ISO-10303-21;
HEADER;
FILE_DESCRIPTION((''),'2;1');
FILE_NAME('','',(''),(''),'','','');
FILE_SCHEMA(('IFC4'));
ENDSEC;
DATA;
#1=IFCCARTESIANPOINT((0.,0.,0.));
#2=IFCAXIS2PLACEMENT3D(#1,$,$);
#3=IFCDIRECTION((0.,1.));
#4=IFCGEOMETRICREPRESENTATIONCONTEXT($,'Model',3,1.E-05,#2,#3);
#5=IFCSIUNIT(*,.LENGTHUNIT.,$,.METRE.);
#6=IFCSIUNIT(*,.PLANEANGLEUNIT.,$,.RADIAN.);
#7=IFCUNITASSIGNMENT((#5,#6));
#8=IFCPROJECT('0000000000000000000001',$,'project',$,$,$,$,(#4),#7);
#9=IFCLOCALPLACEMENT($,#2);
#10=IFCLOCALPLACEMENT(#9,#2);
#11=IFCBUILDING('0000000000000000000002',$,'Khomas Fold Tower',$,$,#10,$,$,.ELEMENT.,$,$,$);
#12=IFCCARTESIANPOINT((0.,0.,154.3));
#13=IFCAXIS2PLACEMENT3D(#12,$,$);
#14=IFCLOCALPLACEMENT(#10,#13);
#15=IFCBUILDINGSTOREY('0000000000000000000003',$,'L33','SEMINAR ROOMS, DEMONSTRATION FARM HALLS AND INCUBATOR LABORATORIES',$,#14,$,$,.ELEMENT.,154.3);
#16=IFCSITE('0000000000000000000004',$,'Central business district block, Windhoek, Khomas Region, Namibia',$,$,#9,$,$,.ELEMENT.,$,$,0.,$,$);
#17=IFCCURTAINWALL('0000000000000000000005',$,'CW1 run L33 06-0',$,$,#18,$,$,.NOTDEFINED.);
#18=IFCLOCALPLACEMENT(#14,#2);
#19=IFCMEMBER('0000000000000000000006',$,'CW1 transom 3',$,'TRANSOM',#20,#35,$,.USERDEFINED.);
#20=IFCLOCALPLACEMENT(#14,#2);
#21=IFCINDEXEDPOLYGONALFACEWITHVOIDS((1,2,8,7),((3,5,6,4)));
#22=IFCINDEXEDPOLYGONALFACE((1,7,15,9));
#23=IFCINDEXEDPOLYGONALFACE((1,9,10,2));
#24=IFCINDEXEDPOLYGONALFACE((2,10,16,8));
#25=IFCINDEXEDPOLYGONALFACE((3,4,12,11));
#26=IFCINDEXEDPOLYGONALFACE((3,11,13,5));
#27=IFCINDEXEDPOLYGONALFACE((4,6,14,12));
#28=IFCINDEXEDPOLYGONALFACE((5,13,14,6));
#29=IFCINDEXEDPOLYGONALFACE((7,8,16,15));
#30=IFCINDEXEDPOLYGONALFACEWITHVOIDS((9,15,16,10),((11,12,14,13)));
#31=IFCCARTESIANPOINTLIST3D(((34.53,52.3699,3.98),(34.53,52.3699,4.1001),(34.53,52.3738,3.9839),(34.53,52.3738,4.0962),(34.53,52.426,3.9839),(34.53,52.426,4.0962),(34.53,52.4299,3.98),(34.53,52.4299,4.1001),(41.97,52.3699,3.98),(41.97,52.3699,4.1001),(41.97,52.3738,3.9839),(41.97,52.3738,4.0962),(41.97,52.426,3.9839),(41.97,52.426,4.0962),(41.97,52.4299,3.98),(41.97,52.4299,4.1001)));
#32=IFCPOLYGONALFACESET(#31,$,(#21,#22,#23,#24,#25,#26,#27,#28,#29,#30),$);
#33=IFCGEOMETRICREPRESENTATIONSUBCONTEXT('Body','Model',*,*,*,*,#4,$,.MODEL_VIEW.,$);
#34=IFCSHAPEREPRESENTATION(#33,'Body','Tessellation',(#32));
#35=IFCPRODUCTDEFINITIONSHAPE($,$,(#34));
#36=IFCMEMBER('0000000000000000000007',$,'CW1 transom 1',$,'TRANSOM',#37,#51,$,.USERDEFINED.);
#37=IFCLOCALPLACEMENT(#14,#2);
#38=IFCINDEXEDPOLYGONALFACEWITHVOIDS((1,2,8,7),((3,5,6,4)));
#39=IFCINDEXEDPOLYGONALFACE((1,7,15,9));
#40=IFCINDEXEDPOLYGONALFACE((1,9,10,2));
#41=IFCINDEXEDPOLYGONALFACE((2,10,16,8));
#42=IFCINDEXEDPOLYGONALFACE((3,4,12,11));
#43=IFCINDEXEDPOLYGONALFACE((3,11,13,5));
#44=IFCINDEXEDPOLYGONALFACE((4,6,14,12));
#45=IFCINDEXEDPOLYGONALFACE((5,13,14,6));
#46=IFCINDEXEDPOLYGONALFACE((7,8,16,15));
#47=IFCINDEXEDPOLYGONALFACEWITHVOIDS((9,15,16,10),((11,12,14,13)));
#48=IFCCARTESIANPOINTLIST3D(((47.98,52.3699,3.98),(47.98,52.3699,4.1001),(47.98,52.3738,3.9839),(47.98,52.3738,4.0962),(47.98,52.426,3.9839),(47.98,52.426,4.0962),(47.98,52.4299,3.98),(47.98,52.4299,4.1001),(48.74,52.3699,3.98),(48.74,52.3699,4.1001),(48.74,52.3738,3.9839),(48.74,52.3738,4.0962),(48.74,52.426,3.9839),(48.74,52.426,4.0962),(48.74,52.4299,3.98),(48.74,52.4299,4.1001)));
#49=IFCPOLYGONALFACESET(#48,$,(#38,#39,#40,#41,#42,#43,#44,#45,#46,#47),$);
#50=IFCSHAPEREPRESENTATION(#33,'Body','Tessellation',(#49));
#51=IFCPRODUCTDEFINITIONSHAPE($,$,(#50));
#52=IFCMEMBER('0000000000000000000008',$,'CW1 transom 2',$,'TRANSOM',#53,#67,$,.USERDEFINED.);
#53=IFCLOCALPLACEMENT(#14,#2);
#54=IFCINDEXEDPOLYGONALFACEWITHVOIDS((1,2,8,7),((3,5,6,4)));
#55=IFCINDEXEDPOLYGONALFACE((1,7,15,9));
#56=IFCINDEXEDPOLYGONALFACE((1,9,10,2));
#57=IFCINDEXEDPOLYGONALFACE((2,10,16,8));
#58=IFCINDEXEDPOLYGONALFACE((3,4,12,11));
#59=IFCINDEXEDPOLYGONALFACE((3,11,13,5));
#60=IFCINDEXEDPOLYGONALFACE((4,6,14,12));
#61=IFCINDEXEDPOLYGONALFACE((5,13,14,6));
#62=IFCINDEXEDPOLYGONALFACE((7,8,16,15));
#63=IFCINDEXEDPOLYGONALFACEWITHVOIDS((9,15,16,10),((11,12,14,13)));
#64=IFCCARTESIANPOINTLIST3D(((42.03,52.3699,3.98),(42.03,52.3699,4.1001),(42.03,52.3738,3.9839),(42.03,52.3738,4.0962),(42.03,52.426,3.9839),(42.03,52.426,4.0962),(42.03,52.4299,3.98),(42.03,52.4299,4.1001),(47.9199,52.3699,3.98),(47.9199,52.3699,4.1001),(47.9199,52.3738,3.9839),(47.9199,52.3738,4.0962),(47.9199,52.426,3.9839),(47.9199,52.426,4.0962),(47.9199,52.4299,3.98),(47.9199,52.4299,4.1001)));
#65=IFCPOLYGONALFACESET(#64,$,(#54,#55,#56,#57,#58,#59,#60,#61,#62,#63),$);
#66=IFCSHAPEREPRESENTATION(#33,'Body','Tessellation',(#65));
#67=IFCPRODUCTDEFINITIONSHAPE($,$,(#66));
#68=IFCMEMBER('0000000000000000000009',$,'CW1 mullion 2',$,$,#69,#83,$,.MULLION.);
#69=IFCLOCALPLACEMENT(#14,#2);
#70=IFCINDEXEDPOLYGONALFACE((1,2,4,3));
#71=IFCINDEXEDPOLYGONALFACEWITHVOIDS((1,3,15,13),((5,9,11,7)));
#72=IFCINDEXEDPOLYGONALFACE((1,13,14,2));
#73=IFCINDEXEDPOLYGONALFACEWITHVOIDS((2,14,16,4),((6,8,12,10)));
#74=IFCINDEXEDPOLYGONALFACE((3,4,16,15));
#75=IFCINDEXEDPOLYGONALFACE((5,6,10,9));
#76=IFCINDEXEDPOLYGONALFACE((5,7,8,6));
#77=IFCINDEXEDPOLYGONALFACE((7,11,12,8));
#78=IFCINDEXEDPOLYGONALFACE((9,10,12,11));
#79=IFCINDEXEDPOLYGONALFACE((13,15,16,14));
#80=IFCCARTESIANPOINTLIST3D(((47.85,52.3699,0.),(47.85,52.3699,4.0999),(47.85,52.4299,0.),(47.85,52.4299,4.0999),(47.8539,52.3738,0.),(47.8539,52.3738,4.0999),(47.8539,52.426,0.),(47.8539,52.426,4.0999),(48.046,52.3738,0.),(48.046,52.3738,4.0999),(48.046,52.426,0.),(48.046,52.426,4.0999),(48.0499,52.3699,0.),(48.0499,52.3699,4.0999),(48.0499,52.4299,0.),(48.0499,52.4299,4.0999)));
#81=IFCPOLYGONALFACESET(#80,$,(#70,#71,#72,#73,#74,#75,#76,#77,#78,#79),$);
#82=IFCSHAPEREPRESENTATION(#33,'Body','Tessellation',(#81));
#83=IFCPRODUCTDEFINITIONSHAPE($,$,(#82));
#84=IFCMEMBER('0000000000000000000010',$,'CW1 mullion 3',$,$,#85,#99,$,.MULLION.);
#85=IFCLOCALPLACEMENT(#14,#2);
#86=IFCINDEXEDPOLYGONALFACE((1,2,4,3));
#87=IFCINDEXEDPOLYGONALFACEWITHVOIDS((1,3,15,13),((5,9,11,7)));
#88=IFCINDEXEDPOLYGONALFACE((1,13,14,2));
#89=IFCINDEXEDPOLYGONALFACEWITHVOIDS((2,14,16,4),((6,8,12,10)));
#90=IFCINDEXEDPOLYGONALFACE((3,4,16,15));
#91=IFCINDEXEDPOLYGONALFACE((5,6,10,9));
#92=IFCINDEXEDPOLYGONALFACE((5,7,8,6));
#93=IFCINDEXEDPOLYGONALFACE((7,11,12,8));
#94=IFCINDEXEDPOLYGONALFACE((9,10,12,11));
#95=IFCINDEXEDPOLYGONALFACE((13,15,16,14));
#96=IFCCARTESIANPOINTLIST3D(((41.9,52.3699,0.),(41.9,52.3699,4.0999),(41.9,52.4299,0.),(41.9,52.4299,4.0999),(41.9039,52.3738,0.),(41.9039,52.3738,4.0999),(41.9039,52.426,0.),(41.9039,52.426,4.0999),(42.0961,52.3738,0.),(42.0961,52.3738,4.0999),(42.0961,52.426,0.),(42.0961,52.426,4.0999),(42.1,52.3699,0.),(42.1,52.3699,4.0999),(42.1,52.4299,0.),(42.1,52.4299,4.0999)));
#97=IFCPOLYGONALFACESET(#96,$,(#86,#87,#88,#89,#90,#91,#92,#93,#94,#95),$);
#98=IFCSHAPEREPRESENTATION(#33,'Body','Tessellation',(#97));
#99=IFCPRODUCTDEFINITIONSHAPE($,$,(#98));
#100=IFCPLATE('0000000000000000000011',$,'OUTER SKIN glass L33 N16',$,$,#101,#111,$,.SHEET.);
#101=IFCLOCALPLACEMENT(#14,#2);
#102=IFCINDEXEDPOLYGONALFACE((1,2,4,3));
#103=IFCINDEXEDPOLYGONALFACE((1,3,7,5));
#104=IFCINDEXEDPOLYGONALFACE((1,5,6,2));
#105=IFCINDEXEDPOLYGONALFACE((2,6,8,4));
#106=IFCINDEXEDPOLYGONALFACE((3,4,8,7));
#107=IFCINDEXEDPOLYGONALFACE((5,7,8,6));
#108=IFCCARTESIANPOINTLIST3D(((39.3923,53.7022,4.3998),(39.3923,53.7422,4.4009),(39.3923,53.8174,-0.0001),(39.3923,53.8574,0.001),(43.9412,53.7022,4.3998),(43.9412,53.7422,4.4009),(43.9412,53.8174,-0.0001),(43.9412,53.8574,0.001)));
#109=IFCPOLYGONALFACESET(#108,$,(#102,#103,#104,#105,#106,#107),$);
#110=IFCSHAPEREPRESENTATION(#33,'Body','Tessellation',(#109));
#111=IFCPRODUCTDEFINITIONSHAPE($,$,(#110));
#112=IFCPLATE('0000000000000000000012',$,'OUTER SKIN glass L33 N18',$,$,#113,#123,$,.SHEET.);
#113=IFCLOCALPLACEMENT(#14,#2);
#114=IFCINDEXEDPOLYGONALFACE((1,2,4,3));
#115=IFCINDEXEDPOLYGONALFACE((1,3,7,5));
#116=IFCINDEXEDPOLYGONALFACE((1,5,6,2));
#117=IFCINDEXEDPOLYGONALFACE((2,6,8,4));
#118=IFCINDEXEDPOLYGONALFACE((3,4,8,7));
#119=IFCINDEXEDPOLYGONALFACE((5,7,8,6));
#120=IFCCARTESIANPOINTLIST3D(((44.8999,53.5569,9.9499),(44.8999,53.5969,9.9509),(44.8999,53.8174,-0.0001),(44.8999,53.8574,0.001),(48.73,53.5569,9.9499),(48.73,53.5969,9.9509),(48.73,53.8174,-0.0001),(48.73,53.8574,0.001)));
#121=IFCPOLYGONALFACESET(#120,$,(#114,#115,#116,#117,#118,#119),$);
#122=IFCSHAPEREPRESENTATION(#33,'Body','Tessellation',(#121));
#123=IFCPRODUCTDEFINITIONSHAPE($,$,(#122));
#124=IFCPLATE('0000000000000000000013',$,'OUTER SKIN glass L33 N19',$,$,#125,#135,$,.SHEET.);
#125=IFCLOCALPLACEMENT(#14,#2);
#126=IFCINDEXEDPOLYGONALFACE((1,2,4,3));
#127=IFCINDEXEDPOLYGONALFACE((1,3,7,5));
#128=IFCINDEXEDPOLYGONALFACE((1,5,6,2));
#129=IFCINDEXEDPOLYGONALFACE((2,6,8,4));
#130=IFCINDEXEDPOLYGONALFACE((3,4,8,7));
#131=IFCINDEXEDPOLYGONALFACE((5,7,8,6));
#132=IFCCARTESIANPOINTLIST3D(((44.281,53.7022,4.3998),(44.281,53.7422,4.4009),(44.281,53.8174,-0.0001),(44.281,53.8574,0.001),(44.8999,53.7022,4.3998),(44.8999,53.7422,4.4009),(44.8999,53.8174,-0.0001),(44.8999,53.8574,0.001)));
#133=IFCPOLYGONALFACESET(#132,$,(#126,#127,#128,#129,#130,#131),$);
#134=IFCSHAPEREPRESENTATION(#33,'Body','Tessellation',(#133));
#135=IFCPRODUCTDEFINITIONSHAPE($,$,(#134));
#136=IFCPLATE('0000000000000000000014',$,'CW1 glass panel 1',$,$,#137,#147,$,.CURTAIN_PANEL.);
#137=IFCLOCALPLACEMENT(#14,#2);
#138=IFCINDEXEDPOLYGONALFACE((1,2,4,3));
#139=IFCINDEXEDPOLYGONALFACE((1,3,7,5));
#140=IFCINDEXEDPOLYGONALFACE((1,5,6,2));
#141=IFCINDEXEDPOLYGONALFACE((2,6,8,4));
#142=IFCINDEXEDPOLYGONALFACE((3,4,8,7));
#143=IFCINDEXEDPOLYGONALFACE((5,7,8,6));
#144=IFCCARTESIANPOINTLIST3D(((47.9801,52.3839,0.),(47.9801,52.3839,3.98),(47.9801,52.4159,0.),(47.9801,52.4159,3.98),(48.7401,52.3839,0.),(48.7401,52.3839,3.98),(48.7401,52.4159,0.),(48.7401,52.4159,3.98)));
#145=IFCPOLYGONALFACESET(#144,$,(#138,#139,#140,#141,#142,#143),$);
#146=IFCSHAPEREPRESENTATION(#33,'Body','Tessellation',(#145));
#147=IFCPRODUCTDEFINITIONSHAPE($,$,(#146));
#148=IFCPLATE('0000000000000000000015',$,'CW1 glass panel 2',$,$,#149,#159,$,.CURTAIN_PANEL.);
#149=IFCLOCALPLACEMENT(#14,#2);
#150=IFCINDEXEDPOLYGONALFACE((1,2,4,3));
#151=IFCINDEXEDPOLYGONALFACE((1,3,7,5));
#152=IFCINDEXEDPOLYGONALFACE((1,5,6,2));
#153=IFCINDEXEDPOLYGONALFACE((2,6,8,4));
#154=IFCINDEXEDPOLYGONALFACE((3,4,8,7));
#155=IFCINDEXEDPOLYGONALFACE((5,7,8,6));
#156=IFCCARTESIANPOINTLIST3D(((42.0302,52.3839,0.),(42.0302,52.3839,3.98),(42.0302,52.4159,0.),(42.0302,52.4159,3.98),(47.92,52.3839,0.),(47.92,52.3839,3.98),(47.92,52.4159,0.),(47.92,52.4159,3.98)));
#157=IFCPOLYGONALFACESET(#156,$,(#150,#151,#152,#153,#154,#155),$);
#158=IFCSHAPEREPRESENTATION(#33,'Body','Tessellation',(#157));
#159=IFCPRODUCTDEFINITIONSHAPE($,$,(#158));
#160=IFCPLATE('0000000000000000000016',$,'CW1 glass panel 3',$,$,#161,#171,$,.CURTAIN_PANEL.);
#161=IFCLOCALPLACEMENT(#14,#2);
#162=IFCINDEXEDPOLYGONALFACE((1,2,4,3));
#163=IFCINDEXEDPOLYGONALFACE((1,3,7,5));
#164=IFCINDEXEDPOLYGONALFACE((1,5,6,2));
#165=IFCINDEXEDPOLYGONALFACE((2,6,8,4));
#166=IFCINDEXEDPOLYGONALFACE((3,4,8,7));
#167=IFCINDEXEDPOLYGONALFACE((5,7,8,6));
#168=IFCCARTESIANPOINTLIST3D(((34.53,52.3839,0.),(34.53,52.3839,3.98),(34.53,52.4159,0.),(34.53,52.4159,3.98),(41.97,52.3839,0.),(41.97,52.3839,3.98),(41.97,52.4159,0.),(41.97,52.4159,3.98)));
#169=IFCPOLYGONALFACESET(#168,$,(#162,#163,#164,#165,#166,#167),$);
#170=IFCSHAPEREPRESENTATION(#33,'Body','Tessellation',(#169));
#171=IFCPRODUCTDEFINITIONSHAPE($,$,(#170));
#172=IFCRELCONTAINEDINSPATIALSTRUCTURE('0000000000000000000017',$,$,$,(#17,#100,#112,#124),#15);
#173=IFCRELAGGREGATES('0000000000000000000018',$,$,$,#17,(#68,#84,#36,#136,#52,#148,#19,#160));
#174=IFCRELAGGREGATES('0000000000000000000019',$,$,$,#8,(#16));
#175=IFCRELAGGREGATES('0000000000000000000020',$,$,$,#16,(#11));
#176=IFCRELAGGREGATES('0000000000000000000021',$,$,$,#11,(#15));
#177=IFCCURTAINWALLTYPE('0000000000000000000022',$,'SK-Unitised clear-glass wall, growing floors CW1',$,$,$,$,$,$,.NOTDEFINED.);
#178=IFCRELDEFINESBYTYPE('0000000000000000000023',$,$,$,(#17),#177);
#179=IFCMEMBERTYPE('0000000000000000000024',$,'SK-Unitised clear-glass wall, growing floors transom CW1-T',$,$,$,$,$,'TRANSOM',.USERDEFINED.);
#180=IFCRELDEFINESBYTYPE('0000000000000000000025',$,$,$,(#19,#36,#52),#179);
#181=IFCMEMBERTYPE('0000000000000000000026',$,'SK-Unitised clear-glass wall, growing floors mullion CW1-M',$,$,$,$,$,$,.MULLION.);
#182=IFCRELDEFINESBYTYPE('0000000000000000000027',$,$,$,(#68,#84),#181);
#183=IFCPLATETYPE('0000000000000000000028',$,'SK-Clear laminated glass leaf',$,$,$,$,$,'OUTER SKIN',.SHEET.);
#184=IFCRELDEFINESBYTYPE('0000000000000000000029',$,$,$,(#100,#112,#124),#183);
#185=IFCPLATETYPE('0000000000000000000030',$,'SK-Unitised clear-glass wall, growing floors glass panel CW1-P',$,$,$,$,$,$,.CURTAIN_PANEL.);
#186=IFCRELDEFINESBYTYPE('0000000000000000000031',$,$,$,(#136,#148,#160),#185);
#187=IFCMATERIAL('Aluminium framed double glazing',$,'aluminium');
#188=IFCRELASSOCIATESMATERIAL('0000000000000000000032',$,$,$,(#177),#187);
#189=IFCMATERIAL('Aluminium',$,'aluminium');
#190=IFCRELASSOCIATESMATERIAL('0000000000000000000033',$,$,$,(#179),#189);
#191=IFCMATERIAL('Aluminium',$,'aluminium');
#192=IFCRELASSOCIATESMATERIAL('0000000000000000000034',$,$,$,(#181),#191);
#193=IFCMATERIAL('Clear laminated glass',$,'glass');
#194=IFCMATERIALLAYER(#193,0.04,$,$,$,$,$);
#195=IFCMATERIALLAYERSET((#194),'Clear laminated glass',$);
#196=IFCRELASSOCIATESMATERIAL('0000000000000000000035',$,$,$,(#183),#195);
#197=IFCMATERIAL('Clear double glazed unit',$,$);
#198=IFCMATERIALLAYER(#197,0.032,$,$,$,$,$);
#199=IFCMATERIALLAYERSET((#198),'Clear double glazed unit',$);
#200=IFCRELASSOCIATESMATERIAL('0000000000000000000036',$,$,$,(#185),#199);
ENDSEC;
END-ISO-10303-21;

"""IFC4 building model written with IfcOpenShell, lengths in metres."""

from ifc_helpers import new_model, si_unit, direction, frame, origin, origin_2d, place, context, subcontext, project, spatial, polyline, rectangle, hollow_rectangle, outline, extrude, source, transform, mapped, material, layer, layer_set, material_profile, profile_set, type_object, element, aggregate, save


model = new_model("IFC4")

# Units and contexts
model_context = context("Model", 3, precision=1e-05, world=origin(), true_north=direction((0.0, 1.0)))
body_context = subcontext(model_context, "Body", "Model", "MODEL_VIEW")
ifc_project = project(units=[si_unit("LENGTHUNIT", "METRE"), si_unit("PLANEANGLEUNIT", "RADIAN")], contexts=[model_context])

# Site, building, storey
site_placement = place(None, origin())
site = spatial("IfcSite", under=ifc_project, at=site_placement, Name="Central business district block, Windhoek, Khomas Region, Namibia", CompositionType="ELEMENT", RefElevation=0.0)
building_placement = place(site_placement, origin())
building = spatial("IfcBuilding", under=site, at=building_placement, Name="Khomas Fold Tower", CompositionType="ELEMENT")
storey_placement = place(building_placement, frame((0.0, 0.0, 154.3)))
storey = spatial("IfcBuildingStorey", under=building, at=storey_placement, Name="L33", Description="SEMINAR ROOMS, DEMONSTRATION FARM HALLS AND INCUBATOR LABORATORIES", CompositionType="ELEMENT", Elevation=154.3)

# Curtain wall, members
ifc_material_1 = material(Name="Aluminium framed double glazing", Category="aluminium")
curtain_wall_type = type_object("IfcCurtainWallType", Name="SK-Unitised clear-glass wall, growing floors CW1", PredefinedType="NOTDEFINED", material=ifc_material_1)
curtain_wall_placement = place(storey_placement, origin())
curtain_wall = element("IfcCurtainWall", 1, at=curtain_wall_placement, inside=storey, type_object=curtain_wall_type, Name="CW1 run L33 06-0", PredefinedType="NOTDEFINED")
ifc_material_2 = material(Name="Aluminium", Category="aluminium")
ifc_material_profile_1 = material_profile(ifc_material_2, hollow_rectangle(XDim=0.0601, YDim=0.1201, WallThickness=0.0039, at=origin_2d()), Name="SK-Unitised clear-glass wall, growing floors transom CW1-T")
ifc_profile_set_1 = profile_set([ifc_material_profile_1], Name="Aluminium")
member_type_1 = type_object("IfcMemberType", Name="SK-Unitised clear-glass wall, growing floors transom CW1-T", ElementType="TRANSOM", PredefinedType="USERDEFINED", material=ifc_profile_set_1)
shared_shape_1 = source(origin(), body_context, "Body", "SweptSolid", [
    extrude(hollow_rectangle(XDim=0.0601, YDim=0.1201, WallThickness=0.0039, at=origin_2d()), origin(), (0.0, 0.0, 1.0), 7.4399),
])
member_1_placement = place(storey_placement, frame((41.97, 52.3999, 4.04), z_axis=(-1.0, 0.0, 0.0), x_axis=(0.0, -1.0, 0.0)))
member_1 = element("IfcMember", 2, at=member_1_placement, type_object=member_type_1, Name="CW1 transom 3", ObjectType="TRANSOM", PredefinedType="USERDEFINED", context=body_context, shape_type="MappedRepresentation", body=[
    mapped(shared_shape_1, transform((0.0, 0.0, 0.0))),
])
shared_shape_2 = source(origin(), body_context, "Body", "SweptSolid", [
    extrude(hollow_rectangle(XDim=0.0601, YDim=0.1201, WallThickness=0.0039, at=origin_2d()), origin(), (0.0, 0.0, 1.0), 0.76),
])
member_2_placement = place(storey_placement, frame((48.74, 52.3999, 4.04), z_axis=(-1.0, 0.0, 0.0), x_axis=(0.0, -1.0, 0.0)))
member_2 = element("IfcMember", 3, at=member_2_placement, type_object=member_type_1, Name="CW1 transom 1", ObjectType="TRANSOM", PredefinedType="USERDEFINED", context=body_context, shape_type="MappedRepresentation", body=[
    mapped(shared_shape_2, transform((0.0, 0.0, 0.0))),
])
shared_shape_3 = source(origin(), body_context, "Body", "SweptSolid", [
    extrude(hollow_rectangle(XDim=0.0601, YDim=0.1201, WallThickness=0.0039, at=origin_2d()), origin(), (0.0, 0.0, 1.0), 5.8899),
])
member_3_placement = place(storey_placement, frame((47.9199, 52.3999, 4.04), z_axis=(-1.0, 0.0, 0.0), x_axis=(0.0, -1.0, 0.0)))
member_3 = element("IfcMember", 4, at=member_3_placement, type_object=member_type_1, Name="CW1 transom 2", ObjectType="TRANSOM", PredefinedType="USERDEFINED", context=body_context, shape_type="MappedRepresentation", body=[
    mapped(shared_shape_3, transform((0.0, 0.0, 0.0))),
])
ifc_material_3 = material(Name="Aluminium", Category="aluminium")
ifc_material_profile_2 = material_profile(ifc_material_3, hollow_rectangle(XDim=0.0601, YDim=0.2, WallThickness=0.0039, at=origin_2d()), Name="SK-Unitised clear-glass wall, growing floors mullion CW1-M")
ifc_profile_set_2 = profile_set([ifc_material_profile_2], Name="Aluminium")
member_type_2 = type_object("IfcMemberType", Name="SK-Unitised clear-glass wall, growing floors mullion CW1-M", PredefinedType="MULLION", material=ifc_profile_set_2)
shared_shape_4 = source(origin(), body_context, "Body", "SweptSolid", [
    extrude(hollow_rectangle(XDim=0.0601, YDim=0.2, WallThickness=0.0039, at=origin_2d()), origin(), (0.0, 0.0, 1.0), 4.0999),
])
member_4_placement = place(storey_placement, frame((47.95, 52.3999, 0.0), z_axis=(0.0, 0.0, 1.0), x_axis=(0.0, -1.0, 0.0)))
member_4 = element("IfcMember", 5, at=member_4_placement, type_object=member_type_2, Name="CW1 mullion 2", PredefinedType="MULLION", context=body_context, shape_type="MappedRepresentation", body=[
    mapped(shared_shape_4, transform((0.0, 0.0, 0.0))),
])
member_5_placement = place(storey_placement, frame((42.0, 52.3999, 0.0), z_axis=(0.0, 0.0, 1.0), x_axis=(0.0, -1.0, 0.0)))
member_5 = element("IfcMember", 6, at=member_5_placement, type_object=member_type_2, Name="CW1 mullion 3", PredefinedType="MULLION", context=body_context, shape_type="MappedRepresentation", body=[
    mapped(shared_shape_4, transform((0.0, 0.0, 0.0))),
])

# Plates
ifc_material_4 = material(Name="Clear laminated glass", Category="glass")
ifc_layer_1 = layer(ifc_material_4, 0.04)
ifc_layer_set_1 = layer_set([ifc_layer_1], Name="Clear laminated glass")
plate_type_1 = type_object("IfcPlateType", Name="SK-Clear laminated glass leaf", ElementType="OUTER SKIN", PredefinedType="SHEET", material=ifc_layer_set_1)
plate_1_placement = place(storey_placement, frame((39.3923, 53.8574, 0.001), z_axis=(0.0, 0.999657, 0.026181), x_axis=(1.0, 0.0, 0.0)))
element("IfcPlate", 7, at=plate_1_placement, inside=storey, type_object=plate_type_1, Name="OUTER SKIN glass L33 N16", PredefinedType="SHEET", context=body_context, shape_type="SweptSolid", body=[
    extrude(outline(polyline([(0.0, 0.0), (4.5488, 0.0), (4.5488, -4.4014), (0.0, -4.4014), (0.0, 0.0)])), origin(), (0.0, 0.0, -1.0), 0.04),
])
plate_2_placement = place(storey_placement, frame((44.8999, 53.8574, 0.001), z_axis=(0.0, 0.999657, 0.026172), x_axis=(1.0, 0.0, 0.0)))
element("IfcPlate", 8, at=plate_2_placement, inside=storey, type_object=plate_type_1, Name="OUTER SKIN glass L33 N18", PredefinedType="SHEET", context=body_context, shape_type="SweptSolid", body=[
    extrude(outline(polyline([(0.0, 0.0), (3.8301, 0.0), (3.8301, -9.9534), (0.0, -9.9534), (0.0, 0.0)])), origin(), (0.0, 0.0, -1.0), 0.04),
])
plate_3_placement = place(storey_placement, frame((44.281, 53.8574, 0.001), z_axis=(0.0, 0.999657, 0.026181), x_axis=(1.0, 0.0, 0.0)))
element("IfcPlate", 9, at=plate_3_placement, inside=storey, type_object=plate_type_1, Name="OUTER SKIN glass L33 N19", PredefinedType="SHEET", context=body_context, shape_type="SweptSolid", body=[
    extrude(outline(polyline([(0.0, 0.0), (0.6189, 0.0), (0.6189, -4.4014), (0.0, -4.4014), (0.0, 0.0)])), origin(), (0.0, 0.0, -1.0), 0.04),
])

# Plates
ifc_material_5 = material(Name="Clear double glazed unit")
ifc_layer_2 = layer(ifc_material_5, 0.032)
ifc_layer_set_2 = layer_set([ifc_layer_2], Name="Clear double glazed unit")
plate_type_2 = type_object("IfcPlateType", Name="SK-Unitised clear-glass wall, growing floors glass panel CW1-P", PredefinedType="CURTAIN_PANEL", material=ifc_layer_set_2)
shared_shape_5 = source(origin(), body_context, "Body", "SweptSolid", [
    extrude(rectangle(XDim=0.76, YDim=0.032, at=origin_2d()), origin(), (0.0, 0.0, 1.0), 3.98),
])
plate_4_placement = place(storey_placement, frame((48.3601, 52.3999, 0.0), z_axis=(0.0, 0.0, 1.0), x_axis=(-1.0, 0.0, 0.0)))
plate_4 = element("IfcPlate", 10, at=plate_4_placement, type_object=plate_type_2, Name="CW1 glass panel 1", PredefinedType="CURTAIN_PANEL", context=body_context, shape_type="MappedRepresentation", body=[
    mapped(shared_shape_5, transform((0.0, 0.0, 0.0))),
])
shared_shape_6 = source(origin(), body_context, "Body", "SweptSolid", [
    extrude(rectangle(XDim=5.8899, YDim=0.032, at=origin_2d()), origin(), (0.0, 0.0, 1.0), 3.98),
])
plate_5_placement = place(storey_placement, frame((44.9751, 52.3999, 0.0), z_axis=(0.0, 0.0, 1.0), x_axis=(-1.0, 0.0, 0.0)))
plate_5 = element("IfcPlate", 11, at=plate_5_placement, type_object=plate_type_2, Name="CW1 glass panel 2", PredefinedType="CURTAIN_PANEL", context=body_context, shape_type="MappedRepresentation", body=[
    mapped(shared_shape_6, transform((0.0, 0.0, 0.0))),
])
shared_shape_7 = source(origin(), body_context, "Body", "SweptSolid", [
    extrude(rectangle(XDim=7.4399, YDim=0.032, at=origin_2d()), origin(), (0.0, 0.0, 1.0), 3.98),
])
plate_6_placement = place(storey_placement, frame((38.25, 52.3999, 0.0), z_axis=(0.0, 0.0, 1.0), x_axis=(-1.0, 0.0, 0.0)))
plate_6 = element("IfcPlate", 12, at=plate_6_placement, type_object=plate_type_2, Name="CW1 glass panel 3", PredefinedType="CURTAIN_PANEL", context=body_context, shape_type="MappedRepresentation", body=[
    mapped(shared_shape_7, transform((0.0, 0.0, 0.0))),
])
aggregate(curtain_wall, [member_4, member_5, member_2, plate_4, member_3, plate_5, member_1, plate_6])

save(model, "model.ifc")
